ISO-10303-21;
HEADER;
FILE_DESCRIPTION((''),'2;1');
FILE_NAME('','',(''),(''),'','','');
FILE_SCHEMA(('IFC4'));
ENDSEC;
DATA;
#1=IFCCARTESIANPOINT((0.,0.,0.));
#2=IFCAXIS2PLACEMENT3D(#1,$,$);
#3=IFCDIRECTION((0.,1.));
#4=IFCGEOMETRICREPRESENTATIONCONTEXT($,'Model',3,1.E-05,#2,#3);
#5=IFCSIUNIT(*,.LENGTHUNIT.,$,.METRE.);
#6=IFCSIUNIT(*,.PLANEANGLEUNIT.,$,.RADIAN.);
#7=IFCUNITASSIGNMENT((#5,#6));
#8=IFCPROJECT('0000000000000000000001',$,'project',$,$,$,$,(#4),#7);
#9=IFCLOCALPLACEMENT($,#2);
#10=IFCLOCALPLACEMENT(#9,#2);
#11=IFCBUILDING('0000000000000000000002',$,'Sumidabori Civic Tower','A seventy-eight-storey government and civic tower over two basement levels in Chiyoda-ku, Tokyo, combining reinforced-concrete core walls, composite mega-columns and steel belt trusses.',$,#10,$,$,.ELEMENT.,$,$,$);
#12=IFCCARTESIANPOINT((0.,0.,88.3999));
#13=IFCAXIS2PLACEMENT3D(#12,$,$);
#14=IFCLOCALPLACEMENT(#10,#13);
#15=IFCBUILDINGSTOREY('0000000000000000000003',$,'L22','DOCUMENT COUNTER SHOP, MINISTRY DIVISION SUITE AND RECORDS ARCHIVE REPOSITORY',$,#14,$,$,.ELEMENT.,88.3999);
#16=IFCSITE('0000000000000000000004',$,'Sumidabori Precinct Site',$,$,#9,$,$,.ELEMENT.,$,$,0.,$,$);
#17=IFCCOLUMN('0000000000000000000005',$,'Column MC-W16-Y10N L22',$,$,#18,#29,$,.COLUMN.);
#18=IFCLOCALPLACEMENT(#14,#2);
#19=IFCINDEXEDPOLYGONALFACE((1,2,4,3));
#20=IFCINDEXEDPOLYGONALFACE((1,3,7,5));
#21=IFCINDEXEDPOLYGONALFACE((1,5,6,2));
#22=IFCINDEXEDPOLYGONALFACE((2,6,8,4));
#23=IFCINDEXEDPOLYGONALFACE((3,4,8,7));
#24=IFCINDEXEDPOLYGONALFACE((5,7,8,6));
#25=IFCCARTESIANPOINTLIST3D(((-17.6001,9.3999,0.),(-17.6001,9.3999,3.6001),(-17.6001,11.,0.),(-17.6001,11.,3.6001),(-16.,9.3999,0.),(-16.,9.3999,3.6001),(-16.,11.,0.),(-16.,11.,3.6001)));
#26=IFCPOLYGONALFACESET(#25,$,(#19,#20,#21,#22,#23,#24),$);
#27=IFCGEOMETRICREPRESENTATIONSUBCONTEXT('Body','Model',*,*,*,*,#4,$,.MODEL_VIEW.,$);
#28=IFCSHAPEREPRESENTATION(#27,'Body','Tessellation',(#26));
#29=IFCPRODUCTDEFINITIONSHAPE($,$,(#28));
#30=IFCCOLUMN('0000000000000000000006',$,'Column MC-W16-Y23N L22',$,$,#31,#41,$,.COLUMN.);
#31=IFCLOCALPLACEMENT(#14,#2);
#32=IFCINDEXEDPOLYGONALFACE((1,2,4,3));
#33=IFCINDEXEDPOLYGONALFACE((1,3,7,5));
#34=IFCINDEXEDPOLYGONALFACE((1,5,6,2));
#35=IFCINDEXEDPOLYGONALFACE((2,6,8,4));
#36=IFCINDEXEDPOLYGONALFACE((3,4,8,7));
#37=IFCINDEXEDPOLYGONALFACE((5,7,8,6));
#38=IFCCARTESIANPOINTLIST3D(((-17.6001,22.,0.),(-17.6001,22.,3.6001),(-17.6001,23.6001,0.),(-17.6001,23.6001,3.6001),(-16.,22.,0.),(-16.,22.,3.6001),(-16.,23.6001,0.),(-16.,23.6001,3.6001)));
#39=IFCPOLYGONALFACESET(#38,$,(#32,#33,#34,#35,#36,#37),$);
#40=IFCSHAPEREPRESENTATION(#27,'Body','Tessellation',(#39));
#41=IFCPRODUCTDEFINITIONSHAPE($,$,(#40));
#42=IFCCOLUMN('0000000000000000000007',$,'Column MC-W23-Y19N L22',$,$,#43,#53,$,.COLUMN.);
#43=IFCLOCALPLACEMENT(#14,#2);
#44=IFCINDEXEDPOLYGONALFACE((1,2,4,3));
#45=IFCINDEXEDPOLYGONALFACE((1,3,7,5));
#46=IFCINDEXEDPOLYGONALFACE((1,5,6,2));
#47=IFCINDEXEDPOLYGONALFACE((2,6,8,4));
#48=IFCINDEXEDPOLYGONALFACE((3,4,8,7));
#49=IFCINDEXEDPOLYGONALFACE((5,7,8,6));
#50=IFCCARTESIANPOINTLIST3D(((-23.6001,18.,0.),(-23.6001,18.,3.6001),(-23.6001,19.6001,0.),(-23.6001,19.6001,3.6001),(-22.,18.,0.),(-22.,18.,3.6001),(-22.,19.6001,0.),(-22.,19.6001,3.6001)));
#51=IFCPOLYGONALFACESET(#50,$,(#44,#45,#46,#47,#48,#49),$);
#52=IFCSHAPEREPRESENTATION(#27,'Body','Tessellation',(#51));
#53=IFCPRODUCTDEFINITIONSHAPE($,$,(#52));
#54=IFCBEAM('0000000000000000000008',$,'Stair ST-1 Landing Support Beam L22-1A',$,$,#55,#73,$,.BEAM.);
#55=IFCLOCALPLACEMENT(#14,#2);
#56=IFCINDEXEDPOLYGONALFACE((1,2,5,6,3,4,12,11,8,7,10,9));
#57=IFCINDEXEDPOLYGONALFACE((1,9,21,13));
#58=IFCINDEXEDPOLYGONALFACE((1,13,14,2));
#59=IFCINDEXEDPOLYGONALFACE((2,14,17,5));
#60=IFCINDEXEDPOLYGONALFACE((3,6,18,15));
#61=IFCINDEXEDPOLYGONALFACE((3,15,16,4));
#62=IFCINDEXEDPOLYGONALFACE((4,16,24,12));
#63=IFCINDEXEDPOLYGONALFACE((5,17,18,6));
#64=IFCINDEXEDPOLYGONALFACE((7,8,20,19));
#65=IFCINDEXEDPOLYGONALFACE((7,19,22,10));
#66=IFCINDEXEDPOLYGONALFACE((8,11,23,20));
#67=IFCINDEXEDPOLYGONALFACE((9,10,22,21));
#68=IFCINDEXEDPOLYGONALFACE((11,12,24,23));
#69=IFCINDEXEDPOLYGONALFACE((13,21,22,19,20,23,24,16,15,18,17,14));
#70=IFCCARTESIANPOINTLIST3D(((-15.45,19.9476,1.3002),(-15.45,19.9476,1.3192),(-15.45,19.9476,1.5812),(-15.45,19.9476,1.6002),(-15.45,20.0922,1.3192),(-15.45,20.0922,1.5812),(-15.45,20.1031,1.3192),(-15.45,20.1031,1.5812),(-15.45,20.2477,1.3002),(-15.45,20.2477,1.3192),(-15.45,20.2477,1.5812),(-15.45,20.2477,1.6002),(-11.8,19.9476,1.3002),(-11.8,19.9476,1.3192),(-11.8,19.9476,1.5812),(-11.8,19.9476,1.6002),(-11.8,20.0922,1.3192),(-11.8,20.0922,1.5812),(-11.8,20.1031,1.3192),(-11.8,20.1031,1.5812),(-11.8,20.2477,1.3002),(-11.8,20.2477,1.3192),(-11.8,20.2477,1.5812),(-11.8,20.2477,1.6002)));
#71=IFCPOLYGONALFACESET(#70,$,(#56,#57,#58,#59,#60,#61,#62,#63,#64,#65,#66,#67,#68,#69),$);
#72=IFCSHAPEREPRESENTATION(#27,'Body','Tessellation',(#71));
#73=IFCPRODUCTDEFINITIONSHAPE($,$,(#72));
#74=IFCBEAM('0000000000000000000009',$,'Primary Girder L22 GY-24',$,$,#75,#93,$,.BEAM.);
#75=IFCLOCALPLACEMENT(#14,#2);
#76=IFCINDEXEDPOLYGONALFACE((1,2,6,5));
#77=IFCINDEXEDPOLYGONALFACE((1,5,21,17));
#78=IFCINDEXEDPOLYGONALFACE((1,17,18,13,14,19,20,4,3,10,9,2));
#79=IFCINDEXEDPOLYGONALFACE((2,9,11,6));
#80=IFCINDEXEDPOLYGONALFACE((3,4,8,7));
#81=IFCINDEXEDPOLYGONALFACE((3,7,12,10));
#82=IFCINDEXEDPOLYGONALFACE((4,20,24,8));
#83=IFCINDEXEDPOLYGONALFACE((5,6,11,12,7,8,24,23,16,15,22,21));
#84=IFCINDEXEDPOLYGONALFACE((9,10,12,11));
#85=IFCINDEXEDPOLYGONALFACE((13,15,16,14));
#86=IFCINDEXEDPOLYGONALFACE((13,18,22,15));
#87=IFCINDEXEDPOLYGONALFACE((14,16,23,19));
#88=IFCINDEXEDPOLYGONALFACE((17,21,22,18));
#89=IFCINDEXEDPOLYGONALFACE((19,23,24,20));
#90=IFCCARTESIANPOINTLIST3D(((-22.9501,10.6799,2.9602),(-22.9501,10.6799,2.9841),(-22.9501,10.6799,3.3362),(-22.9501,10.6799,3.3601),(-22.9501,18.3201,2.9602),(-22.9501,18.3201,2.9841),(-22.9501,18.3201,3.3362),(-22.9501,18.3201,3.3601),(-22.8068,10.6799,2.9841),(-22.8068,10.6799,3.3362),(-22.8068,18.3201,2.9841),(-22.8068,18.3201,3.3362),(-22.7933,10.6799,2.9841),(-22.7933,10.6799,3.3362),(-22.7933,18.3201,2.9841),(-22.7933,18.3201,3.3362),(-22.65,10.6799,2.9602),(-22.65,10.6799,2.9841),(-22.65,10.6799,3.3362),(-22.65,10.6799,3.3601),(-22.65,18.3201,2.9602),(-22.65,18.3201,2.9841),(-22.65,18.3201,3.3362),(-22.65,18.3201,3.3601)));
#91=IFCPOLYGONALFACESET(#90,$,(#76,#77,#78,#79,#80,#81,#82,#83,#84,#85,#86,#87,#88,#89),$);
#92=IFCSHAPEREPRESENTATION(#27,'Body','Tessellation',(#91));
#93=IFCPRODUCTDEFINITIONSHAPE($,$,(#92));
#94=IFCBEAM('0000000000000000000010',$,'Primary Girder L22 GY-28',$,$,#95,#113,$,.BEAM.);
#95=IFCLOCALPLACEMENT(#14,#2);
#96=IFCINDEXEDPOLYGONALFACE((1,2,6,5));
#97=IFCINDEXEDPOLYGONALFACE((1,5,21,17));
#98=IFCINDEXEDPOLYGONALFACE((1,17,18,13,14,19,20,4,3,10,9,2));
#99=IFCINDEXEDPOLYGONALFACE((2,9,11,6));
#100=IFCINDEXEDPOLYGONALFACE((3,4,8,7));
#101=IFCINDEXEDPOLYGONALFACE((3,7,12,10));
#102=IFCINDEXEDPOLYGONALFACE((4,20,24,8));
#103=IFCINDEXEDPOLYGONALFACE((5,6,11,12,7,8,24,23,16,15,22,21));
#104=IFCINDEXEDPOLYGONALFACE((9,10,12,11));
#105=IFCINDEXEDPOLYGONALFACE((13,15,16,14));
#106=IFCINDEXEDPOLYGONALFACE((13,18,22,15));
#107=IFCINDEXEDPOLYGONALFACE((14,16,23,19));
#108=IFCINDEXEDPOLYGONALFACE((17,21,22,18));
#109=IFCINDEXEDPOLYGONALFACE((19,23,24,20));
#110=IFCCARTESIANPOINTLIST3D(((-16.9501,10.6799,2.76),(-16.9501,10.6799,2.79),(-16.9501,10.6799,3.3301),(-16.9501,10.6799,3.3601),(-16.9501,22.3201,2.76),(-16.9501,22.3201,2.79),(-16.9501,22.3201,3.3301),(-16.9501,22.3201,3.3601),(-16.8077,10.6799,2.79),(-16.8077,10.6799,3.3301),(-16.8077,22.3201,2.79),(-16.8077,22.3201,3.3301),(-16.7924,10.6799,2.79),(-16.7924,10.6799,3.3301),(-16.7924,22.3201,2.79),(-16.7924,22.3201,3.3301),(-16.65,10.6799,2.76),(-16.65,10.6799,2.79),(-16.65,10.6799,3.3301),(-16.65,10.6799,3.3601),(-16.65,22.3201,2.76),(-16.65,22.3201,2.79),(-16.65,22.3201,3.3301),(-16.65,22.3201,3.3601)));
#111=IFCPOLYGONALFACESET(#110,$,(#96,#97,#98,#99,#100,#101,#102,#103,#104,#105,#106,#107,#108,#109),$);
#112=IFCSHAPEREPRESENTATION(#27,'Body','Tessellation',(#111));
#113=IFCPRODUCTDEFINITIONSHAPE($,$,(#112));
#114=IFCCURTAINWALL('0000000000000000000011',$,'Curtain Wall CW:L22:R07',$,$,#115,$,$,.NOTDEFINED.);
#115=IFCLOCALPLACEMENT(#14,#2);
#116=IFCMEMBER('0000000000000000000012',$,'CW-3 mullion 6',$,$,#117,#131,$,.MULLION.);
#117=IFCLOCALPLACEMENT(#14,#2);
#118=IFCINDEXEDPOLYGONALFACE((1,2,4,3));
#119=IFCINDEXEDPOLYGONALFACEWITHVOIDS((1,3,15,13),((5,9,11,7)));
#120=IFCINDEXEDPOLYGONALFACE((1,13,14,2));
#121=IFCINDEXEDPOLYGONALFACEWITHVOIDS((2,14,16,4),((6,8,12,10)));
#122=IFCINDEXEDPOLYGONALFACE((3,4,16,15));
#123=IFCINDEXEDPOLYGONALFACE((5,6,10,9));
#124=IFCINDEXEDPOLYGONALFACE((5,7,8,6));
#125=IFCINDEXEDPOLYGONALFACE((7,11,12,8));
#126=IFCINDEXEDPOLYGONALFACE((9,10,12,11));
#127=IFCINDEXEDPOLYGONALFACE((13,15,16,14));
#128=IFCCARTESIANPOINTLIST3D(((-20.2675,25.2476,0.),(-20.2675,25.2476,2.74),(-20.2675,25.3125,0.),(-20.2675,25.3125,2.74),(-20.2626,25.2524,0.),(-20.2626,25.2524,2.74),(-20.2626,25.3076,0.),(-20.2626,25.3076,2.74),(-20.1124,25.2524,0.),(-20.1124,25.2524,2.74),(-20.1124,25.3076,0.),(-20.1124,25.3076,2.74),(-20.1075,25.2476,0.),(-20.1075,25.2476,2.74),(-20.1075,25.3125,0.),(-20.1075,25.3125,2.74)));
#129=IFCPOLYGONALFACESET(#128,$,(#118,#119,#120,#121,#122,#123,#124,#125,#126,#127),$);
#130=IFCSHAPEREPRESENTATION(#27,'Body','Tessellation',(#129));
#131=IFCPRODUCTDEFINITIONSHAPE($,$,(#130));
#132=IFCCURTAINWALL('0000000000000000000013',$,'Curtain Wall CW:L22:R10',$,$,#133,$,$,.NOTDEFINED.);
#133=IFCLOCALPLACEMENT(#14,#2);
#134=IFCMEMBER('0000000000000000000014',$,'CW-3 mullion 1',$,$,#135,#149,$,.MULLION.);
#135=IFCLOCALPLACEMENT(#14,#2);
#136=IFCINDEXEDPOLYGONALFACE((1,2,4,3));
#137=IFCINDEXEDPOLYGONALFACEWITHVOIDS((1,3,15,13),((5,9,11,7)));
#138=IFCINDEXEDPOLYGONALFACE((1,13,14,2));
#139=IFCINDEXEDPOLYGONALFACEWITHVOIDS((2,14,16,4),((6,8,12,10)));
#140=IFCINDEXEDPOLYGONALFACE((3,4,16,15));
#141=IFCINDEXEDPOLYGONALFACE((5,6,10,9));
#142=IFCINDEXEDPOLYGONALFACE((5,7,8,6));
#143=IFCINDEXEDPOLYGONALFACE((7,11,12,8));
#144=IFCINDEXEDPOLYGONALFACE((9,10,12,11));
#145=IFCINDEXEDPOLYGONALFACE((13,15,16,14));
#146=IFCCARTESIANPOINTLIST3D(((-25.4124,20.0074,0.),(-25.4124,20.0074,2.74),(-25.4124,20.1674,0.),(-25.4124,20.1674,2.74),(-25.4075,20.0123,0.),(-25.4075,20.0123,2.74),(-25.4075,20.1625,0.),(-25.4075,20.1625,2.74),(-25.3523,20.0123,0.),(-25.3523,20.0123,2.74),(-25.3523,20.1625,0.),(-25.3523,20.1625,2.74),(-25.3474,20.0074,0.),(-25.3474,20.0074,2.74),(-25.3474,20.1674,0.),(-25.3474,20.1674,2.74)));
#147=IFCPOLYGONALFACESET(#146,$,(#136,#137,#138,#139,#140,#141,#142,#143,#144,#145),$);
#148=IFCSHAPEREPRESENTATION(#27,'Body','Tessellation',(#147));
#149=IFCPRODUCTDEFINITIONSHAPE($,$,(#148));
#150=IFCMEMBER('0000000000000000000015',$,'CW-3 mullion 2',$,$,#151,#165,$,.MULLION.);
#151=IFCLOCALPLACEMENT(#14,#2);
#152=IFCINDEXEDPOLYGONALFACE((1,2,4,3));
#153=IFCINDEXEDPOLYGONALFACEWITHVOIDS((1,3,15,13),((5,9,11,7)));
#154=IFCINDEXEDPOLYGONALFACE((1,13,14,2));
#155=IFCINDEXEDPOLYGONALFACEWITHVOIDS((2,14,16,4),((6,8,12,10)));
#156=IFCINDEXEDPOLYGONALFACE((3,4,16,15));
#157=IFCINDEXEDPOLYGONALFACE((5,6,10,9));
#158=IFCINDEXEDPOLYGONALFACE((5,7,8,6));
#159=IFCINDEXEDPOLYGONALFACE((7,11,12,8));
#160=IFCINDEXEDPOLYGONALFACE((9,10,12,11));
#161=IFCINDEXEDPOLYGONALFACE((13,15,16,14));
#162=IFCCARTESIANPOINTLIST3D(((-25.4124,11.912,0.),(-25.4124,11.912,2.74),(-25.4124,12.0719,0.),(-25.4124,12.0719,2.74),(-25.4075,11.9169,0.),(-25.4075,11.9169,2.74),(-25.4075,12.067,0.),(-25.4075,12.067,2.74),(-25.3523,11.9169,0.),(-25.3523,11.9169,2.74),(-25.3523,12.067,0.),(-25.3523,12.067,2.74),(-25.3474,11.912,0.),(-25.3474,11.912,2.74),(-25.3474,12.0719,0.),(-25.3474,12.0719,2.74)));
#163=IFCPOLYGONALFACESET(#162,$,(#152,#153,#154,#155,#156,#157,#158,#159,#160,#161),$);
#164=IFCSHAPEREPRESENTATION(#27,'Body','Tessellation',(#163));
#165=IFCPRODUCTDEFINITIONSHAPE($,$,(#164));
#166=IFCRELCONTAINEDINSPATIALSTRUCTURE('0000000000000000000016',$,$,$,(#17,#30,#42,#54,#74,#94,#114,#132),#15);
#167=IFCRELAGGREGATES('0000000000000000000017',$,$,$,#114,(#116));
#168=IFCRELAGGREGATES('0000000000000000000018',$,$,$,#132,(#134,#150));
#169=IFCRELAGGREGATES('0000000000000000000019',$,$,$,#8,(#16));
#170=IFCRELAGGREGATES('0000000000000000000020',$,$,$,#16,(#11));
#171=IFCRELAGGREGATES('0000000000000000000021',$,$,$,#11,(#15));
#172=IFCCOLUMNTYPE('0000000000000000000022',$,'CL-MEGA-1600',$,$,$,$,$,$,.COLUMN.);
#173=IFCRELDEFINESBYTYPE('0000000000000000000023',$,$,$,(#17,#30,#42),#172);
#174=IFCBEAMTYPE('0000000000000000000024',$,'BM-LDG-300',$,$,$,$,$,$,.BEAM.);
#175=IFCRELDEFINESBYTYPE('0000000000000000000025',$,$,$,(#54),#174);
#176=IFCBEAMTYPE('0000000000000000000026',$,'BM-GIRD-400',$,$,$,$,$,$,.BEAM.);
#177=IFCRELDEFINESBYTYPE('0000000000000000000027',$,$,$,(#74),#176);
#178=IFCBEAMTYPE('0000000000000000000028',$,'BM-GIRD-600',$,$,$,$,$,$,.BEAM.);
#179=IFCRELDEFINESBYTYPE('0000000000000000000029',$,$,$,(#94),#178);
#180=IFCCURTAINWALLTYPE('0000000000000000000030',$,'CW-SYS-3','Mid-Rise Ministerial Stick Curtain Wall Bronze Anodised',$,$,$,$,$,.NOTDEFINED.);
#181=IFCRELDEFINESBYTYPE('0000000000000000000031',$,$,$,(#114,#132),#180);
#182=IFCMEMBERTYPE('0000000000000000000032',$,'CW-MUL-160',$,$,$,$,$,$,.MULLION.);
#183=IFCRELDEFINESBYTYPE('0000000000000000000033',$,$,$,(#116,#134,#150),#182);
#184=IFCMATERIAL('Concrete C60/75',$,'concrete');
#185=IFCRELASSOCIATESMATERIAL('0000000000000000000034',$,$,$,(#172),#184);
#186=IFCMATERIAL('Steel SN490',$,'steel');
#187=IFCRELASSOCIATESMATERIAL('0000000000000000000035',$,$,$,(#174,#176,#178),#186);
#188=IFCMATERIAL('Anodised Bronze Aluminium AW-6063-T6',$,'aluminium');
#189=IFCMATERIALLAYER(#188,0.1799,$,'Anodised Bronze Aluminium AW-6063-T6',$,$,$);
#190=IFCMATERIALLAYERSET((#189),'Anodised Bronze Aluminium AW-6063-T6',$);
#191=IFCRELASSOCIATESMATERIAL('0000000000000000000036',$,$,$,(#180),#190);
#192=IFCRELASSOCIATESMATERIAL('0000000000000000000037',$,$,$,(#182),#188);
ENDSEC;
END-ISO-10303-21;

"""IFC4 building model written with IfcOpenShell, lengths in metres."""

from ifc_helpers import new_model, si_unit, direction, frame, origin, origin_2d, place, context, subcontext, project, spatial, rectangle, hollow_rectangle, i_section, extrude, source, transform, mapped, material, layer, layer_set, material_profile, profile_set, type_object, element, aggregate, save


model = new_model("IFC4")

# Units and contexts
model_context = context("Model", 3, precision=1e-05, world=origin(), true_north=direction((0.0, 1.0)))
body_context = subcontext(model_context, "Body", "Model", "MODEL_VIEW")
ifc_project = project(units=[si_unit("LENGTHUNIT", "METRE"), si_unit("PLANEANGLEUNIT", "RADIAN")], contexts=[model_context])

# Site, building, storey
site_placement = place(None, origin())
site = spatial("IfcSite", under=ifc_project, at=site_placement, Name="Sumidabori Precinct Site", CompositionType="ELEMENT", RefElevation=0.0)
building_placement = place(site_placement, origin())
building = spatial("IfcBuilding", under=site, at=building_placement, Name="Sumidabori Civic Tower", Description="A seventy-eight-storey government and civic tower over two basement levels in Chiyoda-ku, Tokyo, combining reinforced-concrete core walls, composite mega-columns and steel belt trusses.", CompositionType="ELEMENT")
storey_placement = place(building_placement, frame((0.0, 0.0, 88.3999)))
storey = spatial("IfcBuildingStorey", under=building, at=storey_placement, Name="L22", Description="DOCUMENT COUNTER SHOP, MINISTRY DIVISION SUITE AND RECORDS ARCHIVE REPOSITORY", CompositionType="ELEMENT", Elevation=88.3999)

# Columns
ifc_material_1 = material(Name="Concrete C60/75", Category="concrete")
ifc_material_profile_1 = material_profile(ifc_material_1, rectangle(XDim=1.6001, YDim=1.6001, at=origin_2d()), Name="RC 1600x1600")
ifc_profile_set_1 = profile_set([ifc_material_profile_1], Name="Concrete C60/75")
column_type = type_object("IfcColumnType", Name="CL-MEGA-1600", PredefinedType="COLUMN", material=ifc_profile_set_1)
shared_shape_1 = source(origin(), body_context, "Body", "SweptSolid", [
    extrude(rectangle(XDim=1.6001, YDim=1.6001, at=origin_2d()), origin(), (0.0, 0.0, 1.0), 3.6001),
])
for number, where, z_axis, x_axis, name in (
    (1, (-16.8, 10.2, 0.0), (0.0, 0.0, 1.0), (1.0, 0.0, 0.0), "Column MC-W16-Y10N L22"),
    (2, (-16.8, 22.8, 0.0), (0.0, 0.0, 1.0), (1.0, 0.0, 0.0), "Column MC-W16-Y23N L22"),
    (3, (-22.8, 18.8, 0.0), (0.0, 0.0, 1.0), (1.0, 0.0, 0.0), "Column MC-W23-Y19N L22"),
):
    element("IfcColumn", number, at=place(storey_placement, frame(where, z_axis=z_axis, x_axis=x_axis)), inside=storey, type_object=column_type, Name=name, PredefinedType="COLUMN", context=body_context, shape_type="MappedRepresentation", body=[
        mapped(shared_shape_1, transform((0.0, 0.0, 0.0), x_axis=(1.0, 0.0, 0.0), y_axis=(0.0, 1.0, 0.0), z_axis=(0.0, 0.0, 1.0), scale=1.0)),
    ])

# Beams
ifc_material_2 = material(Name="Steel SN490", Category="steel")
ifc_material_profile_2 = material_profile(ifc_material_2, i_section(OverallWidth=0.3, OverallDepth=0.3, WebThickness=0.011, FlangeThickness=0.019, at=origin_2d()), Name="HE 300 B")
ifc_profile_set_2 = profile_set([ifc_material_profile_2], Name="Steel SN490")
beam_type_1 = type_object("IfcBeamType", Name="BM-LDG-300", PredefinedType="BEAM", material=ifc_profile_set_2)
shared_shape_2 = source(origin(), body_context, "Body", "SweptSolid", [
    extrude(i_section(OverallWidth=0.3, OverallDepth=0.3, WebThickness=0.011, FlangeThickness=0.019, at=origin_2d()), origin(), (0.0, 0.0, 1.0), 3.6499),
])
beam_1_placement = place(storey_placement, frame((-15.45, 20.0977, 1.4502), z_axis=(1.0, 0.0, 0.0), x_axis=(0.0, 1.0, 0.0)))
element("IfcBeam", 4, at=beam_1_placement, inside=storey, type_object=beam_type_1, Name="Stair ST-1 Landing Support Beam L22-1A", PredefinedType="BEAM", context=body_context, shape_type="MappedRepresentation", body=[
    mapped(shared_shape_2, transform((0.0, 0.0, 0.0), x_axis=(1.0, 0.0, 0.0), y_axis=(0.0, 1.0, 0.0), z_axis=(0.0, 0.0, 1.0), scale=1.0)),
])
ifc_material_profile_3 = material_profile(ifc_material_2, i_section(OverallWidth=0.3, OverallDepth=0.3999, WebThickness=0.0134, FlangeThickness=0.0239, at=origin_2d()), Name="HE 400 B")
ifc_profile_set_3 = profile_set([ifc_material_profile_3], Name="Steel SN490")
beam_type_2 = type_object("IfcBeamType", Name="BM-GIRD-400", PredefinedType="BEAM", material=ifc_profile_set_3)
shared_shape_3 = source(origin(), body_context, "Body", "SweptSolid", [
    extrude(i_section(OverallWidth=0.3, OverallDepth=0.3999, WebThickness=0.0134, FlangeThickness=0.0239, at=origin_2d()), origin(), (0.0, 0.0, 1.0), 7.6401),
])
beam_2_placement = place(storey_placement, frame((-22.8, 10.6799, 3.1602), z_axis=(0.0, 1.0, 0.0), x_axis=(-1.0, 0.0, 0.0)))
element("IfcBeam", 5, at=beam_2_placement, inside=storey, type_object=beam_type_2, Name="Primary Girder L22 GY-24", PredefinedType="BEAM", context=body_context, shape_type="MappedRepresentation", body=[
    mapped(shared_shape_3, transform((0.0, 0.0, 0.0), x_axis=(1.0, 0.0, 0.0), y_axis=(0.0, 1.0, 0.0), z_axis=(0.0, 0.0, 1.0), scale=1.0)),
])
ifc_material_profile_4 = material_profile(ifc_material_2, i_section(OverallWidth=0.3, OverallDepth=0.6001, WebThickness=0.0154, FlangeThickness=0.03, at=origin_2d()), Name="HE 600 B")
ifc_profile_set_4 = profile_set([ifc_material_profile_4], Name="Steel SN490")
beam_type_3 = type_object("IfcBeamType", Name="BM-GIRD-600", PredefinedType="BEAM", material=ifc_profile_set_4)
shared_shape_4 = source(origin(), body_context, "Body", "SweptSolid", [
    extrude(i_section(OverallWidth=0.3, OverallDepth=0.6001, WebThickness=0.0154, FlangeThickness=0.03, at=origin_2d()), origin(), (0.0, 0.0, 1.0), 11.6401),
])
beam_3_placement = place(storey_placement, frame((-16.8, 10.6799, 3.0601), z_axis=(0.0, 1.0, 0.0), x_axis=(-1.0, 0.0, 0.0)))
element("IfcBeam", 6, at=beam_3_placement, inside=storey, type_object=beam_type_3, Name="Primary Girder L22 GY-28", PredefinedType="BEAM", context=body_context, shape_type="MappedRepresentation", body=[
    mapped(shared_shape_4, transform((0.0, 0.0, 0.0), x_axis=(1.0, 0.0, 0.0), y_axis=(0.0, 1.0, 0.0), z_axis=(0.0, 0.0, 1.0), scale=1.0)),
])

# Curtain wall, member
ifc_material_3 = material(Name="Anodised Bronze Aluminium AW-6063-T6", Category="aluminium")
ifc_layer_1 = layer(ifc_material_3, 0.1799, Name="Anodised Bronze Aluminium AW-6063-T6")
ifc_layer_set_1 = layer_set([ifc_layer_1], Name="Anodised Bronze Aluminium AW-6063-T6")
curtain_wall_type = type_object("IfcCurtainWallType", Name="CW-SYS-3", Description="Mid-Rise Ministerial Stick Curtain Wall Bronze Anodised", PredefinedType="NOTDEFINED", material=ifc_layer_set_1)
curtain_wall_1_placement = place(storey_placement, origin())
curtain_wall_1 = element("IfcCurtainWall", 7, at=curtain_wall_1_placement, inside=storey, type_object=curtain_wall_type, Name="Curtain Wall CW:L22:R07", PredefinedType="NOTDEFINED")
ifc_material_profile_5 = material_profile(ifc_material_3, hollow_rectangle(XDim=0.0649, YDim=0.1599, WallThickness=0.0049, at=origin_2d()), Name="ALU MULLION 160x65")
ifc_profile_set_5 = profile_set([ifc_material_profile_5], Name="Anodised Bronze Aluminium AW-6063-T6")
member_type_1 = type_object("IfcMemberType", Name="CW-MUL-160", PredefinedType="MULLION", material=ifc_profile_set_5)
shared_shape_5 = source(origin(), body_context, "Body", "SweptSolid", [
    extrude(hollow_rectangle(XDim=0.0649, YDim=0.1599, WallThickness=0.0049, at=origin_2d()), origin(), (0.0, 0.0, 1.0), 2.74),
])
member_1_placement = place(storey_placement, frame((-20.1875, 25.28, 0.0), z_axis=(0.0, 0.0, 1.0), x_axis=(0.0, -1.0, 0.0)))
member_1 = element("IfcMember", 8, at=member_1_placement, type_object=member_type_1, Name="CW-3 mullion 6", PredefinedType="MULLION", context=body_context, shape_type="MappedRepresentation", body=[
    mapped(shared_shape_5, transform((0.0, 0.0, 0.0), x_axis=(1.0, 0.0, 0.0), y_axis=(0.0, 1.0, 0.0), z_axis=(0.0, 0.0, 1.0), scale=1.0)),
])

# Curtain wall, members
curtain_wall_2_placement = place(storey_placement, origin())
curtain_wall_2 = element("IfcCurtainWall", 9, at=curtain_wall_2_placement, inside=storey, type_object=curtain_wall_type, Name="Curtain Wall CW:L22:R10", PredefinedType="NOTDEFINED")
member_2_placement = place(storey_placement, frame((-25.3799, 20.0874, 0.0), z_axis=(0.0, 0.0, 1.0), x_axis=(1.0, 0.0, 0.0)))
member_2 = element("IfcMember", 10, at=member_2_placement, type_object=member_type_1, Name="CW-3 mullion 1", PredefinedType="MULLION", context=body_context, shape_type="MappedRepresentation", body=[
    mapped(shared_shape_5, transform((0.0, 0.0, 0.0), x_axis=(1.0, 0.0, 0.0), y_axis=(0.0, 1.0, 0.0), z_axis=(0.0, 0.0, 1.0), scale=1.0)),
])
member_3_placement = place(storey_placement, frame((-25.3799, 11.9919, 0.0), z_axis=(0.0, 0.0, 1.0), x_axis=(1.0, 0.0, 0.0)))
member_3 = element("IfcMember", 11, at=member_3_placement, type_object=member_type_1, Name="CW-3 mullion 2", PredefinedType="MULLION", context=body_context, shape_type="MappedRepresentation", body=[
    mapped(shared_shape_5, transform((0.0, 0.0, 0.0), x_axis=(1.0, 0.0, 0.0), y_axis=(0.0, 1.0, 0.0), z_axis=(0.0, 0.0, 1.0), scale=1.0)),
])

aggregate(curtain_wall_1, [member_1])
aggregate(curtain_wall_2, [member_2, member_3])

save(model, "model.ifc")
